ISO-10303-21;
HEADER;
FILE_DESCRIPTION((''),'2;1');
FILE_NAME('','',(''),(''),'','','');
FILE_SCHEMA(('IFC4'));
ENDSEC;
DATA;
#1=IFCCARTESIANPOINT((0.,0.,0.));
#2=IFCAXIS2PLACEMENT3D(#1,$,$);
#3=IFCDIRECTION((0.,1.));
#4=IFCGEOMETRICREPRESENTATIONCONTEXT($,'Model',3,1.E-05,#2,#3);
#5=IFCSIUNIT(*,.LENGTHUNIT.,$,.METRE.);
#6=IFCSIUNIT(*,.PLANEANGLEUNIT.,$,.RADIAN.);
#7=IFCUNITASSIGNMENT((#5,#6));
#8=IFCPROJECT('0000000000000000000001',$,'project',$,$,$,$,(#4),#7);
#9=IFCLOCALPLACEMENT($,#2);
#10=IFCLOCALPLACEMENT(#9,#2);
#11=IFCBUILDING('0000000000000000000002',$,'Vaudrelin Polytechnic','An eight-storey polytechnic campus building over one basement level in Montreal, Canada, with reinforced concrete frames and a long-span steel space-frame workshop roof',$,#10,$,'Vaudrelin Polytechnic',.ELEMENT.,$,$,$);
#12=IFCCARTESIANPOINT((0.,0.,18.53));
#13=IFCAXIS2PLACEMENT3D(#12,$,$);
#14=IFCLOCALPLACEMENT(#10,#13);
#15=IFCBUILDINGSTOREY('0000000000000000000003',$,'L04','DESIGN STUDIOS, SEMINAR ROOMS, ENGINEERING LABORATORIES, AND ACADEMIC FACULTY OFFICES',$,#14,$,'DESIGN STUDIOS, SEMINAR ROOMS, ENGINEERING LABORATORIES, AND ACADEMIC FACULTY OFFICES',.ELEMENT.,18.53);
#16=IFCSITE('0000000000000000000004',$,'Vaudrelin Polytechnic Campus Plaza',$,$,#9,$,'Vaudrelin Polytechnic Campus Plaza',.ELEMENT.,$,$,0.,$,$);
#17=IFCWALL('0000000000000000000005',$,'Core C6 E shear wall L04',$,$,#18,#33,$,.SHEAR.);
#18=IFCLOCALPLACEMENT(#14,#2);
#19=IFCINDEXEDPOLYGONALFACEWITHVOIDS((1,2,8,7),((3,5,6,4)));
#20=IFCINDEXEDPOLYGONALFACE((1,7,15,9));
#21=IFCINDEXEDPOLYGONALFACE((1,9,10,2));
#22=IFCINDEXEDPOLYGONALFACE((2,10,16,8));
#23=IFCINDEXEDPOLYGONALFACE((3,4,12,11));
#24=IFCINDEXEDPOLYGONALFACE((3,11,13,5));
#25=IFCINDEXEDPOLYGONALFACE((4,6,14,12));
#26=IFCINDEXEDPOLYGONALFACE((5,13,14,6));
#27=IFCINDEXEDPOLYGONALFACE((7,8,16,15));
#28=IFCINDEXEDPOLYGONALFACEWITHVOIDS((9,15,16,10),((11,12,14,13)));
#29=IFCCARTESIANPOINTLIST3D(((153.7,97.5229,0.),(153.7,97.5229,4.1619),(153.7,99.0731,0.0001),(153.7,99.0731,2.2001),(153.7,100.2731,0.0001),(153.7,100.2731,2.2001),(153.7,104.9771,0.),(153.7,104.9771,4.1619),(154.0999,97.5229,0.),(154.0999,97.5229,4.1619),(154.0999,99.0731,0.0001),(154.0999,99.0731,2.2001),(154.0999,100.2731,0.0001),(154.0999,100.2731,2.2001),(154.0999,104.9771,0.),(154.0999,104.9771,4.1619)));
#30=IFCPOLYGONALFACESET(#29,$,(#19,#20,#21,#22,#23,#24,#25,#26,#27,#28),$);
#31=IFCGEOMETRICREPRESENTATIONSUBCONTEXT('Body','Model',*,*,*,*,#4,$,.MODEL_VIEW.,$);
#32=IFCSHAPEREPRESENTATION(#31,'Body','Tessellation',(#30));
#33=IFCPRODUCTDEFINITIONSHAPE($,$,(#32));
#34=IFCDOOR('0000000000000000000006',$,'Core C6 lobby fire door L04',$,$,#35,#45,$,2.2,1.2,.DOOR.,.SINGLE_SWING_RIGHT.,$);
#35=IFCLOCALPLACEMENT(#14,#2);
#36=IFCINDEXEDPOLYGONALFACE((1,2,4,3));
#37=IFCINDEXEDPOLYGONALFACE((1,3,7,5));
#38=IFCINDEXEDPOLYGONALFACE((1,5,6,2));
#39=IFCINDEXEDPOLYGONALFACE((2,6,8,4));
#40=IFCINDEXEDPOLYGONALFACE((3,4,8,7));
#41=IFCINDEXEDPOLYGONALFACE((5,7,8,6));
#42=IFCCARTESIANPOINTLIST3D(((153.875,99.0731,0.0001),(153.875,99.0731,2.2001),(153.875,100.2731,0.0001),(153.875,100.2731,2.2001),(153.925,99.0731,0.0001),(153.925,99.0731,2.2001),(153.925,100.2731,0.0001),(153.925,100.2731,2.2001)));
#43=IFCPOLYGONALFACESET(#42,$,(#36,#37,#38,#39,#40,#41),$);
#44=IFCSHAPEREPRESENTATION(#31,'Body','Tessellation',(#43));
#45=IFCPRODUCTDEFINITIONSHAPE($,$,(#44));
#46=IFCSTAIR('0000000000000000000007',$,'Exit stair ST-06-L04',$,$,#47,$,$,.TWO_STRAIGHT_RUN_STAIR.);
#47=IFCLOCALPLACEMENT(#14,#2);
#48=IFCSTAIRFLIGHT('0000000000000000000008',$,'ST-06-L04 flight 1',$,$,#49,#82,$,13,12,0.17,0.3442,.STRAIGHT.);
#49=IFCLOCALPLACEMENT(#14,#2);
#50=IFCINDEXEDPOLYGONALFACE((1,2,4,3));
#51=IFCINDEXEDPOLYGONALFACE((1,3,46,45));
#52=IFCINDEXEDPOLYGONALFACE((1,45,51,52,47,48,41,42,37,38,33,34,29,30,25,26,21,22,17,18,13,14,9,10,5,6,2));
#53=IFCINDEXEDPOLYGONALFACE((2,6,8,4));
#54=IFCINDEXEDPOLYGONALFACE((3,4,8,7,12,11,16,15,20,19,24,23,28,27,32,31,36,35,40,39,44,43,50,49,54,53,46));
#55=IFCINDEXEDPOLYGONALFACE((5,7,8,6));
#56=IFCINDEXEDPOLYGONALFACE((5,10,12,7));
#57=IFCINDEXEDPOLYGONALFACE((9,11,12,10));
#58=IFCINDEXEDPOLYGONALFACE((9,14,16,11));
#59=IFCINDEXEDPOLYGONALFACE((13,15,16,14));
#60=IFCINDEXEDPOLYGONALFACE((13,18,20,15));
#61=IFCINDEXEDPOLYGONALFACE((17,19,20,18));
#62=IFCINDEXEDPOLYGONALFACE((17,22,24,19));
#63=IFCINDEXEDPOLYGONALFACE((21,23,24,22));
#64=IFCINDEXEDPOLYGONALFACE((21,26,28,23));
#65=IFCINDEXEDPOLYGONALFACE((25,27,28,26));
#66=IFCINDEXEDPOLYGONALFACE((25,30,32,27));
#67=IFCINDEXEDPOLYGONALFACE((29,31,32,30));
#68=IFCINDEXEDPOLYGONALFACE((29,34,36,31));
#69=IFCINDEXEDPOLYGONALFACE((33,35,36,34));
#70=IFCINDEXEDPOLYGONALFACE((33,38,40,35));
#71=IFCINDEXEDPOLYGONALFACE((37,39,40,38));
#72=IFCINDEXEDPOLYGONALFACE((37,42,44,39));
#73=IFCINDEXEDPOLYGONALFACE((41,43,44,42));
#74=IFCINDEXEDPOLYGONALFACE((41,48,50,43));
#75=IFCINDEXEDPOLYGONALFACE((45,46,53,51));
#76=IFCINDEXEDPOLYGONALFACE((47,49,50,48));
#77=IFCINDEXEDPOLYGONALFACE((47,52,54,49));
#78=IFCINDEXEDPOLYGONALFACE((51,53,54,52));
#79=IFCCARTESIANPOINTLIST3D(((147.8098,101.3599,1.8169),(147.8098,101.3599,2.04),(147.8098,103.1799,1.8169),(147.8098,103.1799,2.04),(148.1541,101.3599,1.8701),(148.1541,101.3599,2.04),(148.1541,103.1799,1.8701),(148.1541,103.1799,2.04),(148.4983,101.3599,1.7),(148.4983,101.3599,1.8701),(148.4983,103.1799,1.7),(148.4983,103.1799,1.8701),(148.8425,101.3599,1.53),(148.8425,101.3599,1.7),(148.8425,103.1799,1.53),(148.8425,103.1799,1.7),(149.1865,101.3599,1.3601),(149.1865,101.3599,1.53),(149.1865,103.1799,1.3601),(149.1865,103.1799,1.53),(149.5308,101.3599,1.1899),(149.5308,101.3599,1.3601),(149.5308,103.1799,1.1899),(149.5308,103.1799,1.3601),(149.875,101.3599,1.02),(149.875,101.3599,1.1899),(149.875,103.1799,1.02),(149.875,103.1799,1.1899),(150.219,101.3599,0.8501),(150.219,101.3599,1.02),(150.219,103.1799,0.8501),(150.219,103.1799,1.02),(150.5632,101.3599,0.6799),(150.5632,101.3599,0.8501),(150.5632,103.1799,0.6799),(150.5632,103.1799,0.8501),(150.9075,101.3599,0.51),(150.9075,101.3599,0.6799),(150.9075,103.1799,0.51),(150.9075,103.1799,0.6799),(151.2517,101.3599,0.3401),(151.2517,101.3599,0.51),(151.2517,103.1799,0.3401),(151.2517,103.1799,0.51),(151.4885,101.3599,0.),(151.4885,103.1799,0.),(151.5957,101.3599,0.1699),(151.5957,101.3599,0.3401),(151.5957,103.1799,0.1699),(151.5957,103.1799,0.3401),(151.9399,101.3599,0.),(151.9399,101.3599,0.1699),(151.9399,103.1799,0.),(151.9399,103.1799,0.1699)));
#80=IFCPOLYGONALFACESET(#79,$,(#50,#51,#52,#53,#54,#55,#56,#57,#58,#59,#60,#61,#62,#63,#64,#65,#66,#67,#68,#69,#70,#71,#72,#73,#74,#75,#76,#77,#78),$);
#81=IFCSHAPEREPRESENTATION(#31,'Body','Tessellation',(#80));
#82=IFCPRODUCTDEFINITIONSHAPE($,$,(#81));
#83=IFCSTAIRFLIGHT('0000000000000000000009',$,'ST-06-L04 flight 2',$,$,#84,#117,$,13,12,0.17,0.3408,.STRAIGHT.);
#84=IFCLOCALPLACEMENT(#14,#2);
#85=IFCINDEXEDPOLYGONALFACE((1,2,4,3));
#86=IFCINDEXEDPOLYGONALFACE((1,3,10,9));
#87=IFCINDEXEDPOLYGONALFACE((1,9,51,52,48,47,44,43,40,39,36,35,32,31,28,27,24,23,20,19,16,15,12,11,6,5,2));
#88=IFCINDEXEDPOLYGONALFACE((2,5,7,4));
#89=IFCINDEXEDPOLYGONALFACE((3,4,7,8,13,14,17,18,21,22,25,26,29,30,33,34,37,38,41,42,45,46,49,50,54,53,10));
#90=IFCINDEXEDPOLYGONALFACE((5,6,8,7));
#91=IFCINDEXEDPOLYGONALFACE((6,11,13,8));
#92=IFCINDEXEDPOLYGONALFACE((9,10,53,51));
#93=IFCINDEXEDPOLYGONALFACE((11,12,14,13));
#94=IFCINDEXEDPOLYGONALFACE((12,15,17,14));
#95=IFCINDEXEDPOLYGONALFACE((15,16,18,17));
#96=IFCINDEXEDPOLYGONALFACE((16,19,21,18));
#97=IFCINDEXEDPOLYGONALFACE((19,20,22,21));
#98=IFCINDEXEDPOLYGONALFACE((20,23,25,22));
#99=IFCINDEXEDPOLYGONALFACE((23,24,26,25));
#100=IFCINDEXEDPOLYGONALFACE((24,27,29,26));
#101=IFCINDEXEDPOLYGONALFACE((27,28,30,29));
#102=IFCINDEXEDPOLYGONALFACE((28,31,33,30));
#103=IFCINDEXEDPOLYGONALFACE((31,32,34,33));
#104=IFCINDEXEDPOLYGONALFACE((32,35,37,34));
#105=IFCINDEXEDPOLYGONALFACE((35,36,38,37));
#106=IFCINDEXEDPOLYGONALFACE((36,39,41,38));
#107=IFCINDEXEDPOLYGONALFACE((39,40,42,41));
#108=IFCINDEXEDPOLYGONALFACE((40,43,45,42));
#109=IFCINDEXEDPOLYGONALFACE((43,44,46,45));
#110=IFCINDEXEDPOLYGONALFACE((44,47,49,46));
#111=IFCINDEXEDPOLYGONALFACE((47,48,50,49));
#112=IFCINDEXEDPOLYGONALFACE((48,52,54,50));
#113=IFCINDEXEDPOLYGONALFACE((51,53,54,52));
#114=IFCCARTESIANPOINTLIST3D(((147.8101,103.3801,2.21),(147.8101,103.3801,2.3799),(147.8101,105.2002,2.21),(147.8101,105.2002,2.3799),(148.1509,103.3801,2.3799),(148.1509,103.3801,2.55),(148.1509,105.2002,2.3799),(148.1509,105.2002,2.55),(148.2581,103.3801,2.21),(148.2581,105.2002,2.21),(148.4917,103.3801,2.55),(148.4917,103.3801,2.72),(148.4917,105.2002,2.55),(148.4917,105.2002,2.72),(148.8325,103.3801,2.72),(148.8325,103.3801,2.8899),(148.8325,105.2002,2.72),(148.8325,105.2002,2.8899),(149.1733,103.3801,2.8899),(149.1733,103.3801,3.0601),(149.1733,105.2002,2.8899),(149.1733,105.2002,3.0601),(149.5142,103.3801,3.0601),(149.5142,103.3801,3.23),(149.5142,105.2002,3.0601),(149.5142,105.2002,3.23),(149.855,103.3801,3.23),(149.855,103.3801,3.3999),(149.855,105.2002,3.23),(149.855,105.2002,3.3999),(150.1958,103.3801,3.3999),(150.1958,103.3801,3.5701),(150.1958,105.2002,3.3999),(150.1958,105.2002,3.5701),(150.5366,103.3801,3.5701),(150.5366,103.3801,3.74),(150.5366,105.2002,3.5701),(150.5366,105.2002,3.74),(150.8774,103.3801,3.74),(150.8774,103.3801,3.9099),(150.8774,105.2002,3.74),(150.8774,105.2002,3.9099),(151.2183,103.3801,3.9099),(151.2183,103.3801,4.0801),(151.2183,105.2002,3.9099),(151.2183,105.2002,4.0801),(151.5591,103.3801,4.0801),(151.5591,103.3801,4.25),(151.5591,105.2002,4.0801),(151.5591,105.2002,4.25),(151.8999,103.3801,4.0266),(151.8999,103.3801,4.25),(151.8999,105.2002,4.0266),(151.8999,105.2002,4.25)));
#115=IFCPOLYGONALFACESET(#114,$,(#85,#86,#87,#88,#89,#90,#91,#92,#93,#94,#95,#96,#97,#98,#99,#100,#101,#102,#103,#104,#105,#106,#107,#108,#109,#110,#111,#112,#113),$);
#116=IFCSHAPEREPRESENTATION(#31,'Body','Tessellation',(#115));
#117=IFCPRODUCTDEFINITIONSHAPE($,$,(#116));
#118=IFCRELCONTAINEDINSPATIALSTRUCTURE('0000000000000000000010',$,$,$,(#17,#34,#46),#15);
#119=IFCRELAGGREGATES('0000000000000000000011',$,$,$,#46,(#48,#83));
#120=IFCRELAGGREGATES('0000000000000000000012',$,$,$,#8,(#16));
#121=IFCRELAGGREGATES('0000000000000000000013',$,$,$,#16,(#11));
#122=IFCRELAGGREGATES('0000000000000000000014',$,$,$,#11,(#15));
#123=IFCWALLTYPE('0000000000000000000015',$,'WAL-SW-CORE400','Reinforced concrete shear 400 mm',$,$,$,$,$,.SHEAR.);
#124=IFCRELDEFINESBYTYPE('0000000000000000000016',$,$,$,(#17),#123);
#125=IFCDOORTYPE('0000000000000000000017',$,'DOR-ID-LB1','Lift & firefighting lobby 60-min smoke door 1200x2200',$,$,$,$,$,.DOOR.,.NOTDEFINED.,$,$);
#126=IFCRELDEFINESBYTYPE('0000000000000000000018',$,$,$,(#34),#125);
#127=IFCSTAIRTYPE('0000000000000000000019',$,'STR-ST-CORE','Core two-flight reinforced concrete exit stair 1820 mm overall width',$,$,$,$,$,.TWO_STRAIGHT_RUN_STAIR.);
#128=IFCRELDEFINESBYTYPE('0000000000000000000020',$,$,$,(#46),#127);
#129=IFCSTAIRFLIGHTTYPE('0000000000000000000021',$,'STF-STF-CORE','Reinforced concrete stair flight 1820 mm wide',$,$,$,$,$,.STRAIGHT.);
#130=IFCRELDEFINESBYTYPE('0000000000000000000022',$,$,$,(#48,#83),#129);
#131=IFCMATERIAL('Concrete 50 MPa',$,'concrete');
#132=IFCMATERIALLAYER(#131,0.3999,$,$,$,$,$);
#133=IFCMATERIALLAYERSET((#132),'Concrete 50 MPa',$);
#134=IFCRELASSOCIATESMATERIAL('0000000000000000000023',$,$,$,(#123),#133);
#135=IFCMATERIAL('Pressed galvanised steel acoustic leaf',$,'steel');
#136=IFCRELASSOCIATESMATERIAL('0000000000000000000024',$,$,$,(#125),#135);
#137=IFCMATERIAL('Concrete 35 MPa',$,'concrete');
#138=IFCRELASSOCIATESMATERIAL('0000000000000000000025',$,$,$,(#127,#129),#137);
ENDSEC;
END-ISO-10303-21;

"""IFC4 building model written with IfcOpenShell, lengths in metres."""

from ifc_helpers import new_model, si_unit, direction, frame, frame_2d, origin, place, context, subcontext, project, spatial, polyline, rectangle, outline, extrude, material, layer, layer_set, type_object, element, fill, aggregate, save


model = new_model("IFC4")

# Units and contexts
model_context = context("Model", 3, precision=1e-05, world=origin(), true_north=direction((0.0, 1.0)))
body_context = subcontext(model_context, "Body", "Model", "MODEL_VIEW")
ifc_project = project(units=[si_unit("LENGTHUNIT", "METRE"), si_unit("PLANEANGLEUNIT", "RADIAN")], contexts=[model_context])

# Site, building, storey
site_placement = place(None, origin())
site = spatial("IfcSite", under=ifc_project, at=site_placement, Name="Vaudrelin Polytechnic Campus Plaza", LongName="Vaudrelin Polytechnic Campus Plaza", CompositionType="ELEMENT", RefElevation=0.0)
building_placement = place(site_placement, origin())
building = spatial("IfcBuilding", under=site, at=building_placement, Name="Vaudrelin Polytechnic", Description="An eight-storey polytechnic campus building over one basement level in Montreal, Canada, with reinforced concrete frames and a long-span steel space-frame workshop roof", LongName="Vaudrelin Polytechnic", CompositionType="ELEMENT")
storey_placement = place(building_placement, frame((0.0, 0.0, 18.53)))
storey = spatial("IfcBuildingStorey", under=building, at=storey_placement, Name="L04", Description="DESIGN STUDIOS, SEMINAR ROOMS, ENGINEERING LABORATORIES, AND ACADEMIC FACULTY OFFICES", LongName="DESIGN STUDIOS, SEMINAR ROOMS, ENGINEERING LABORATORIES, AND ACADEMIC FACULTY OFFICES", CompositionType="ELEMENT", Elevation=18.53)

# Shared definitions
ifc_material_1 = material(Name="Pressed galvanised steel acoustic leaf", Category="steel")

# Shared definitions
ifc_material_2 = material(Name="Concrete 50 MPa", Category="concrete")
ifc_layer_1 = layer(ifc_material_2, 0.3999)
ifc_layer_set_1 = layer_set([ifc_layer_1], Name="Concrete 50 MPa")
wall_type_1 = type_object("IfcWallType", Name="WAL-SW-CORE400", Description="Reinforced concrete shear 400 mm", PredefinedType="SHEAR", material=ifc_layer_set_1)

# Wall, opening, door
wall_1_placement = place(storey_placement, frame((153.8999, 97.5229, 0.0), z_axis=(0.0, 0.0, 1.0), x_axis=(0.0, 1.0, 0.0)))
wall_1 = element("IfcWall", 1, at=wall_1_placement, inside=storey, type_object=wall_type_1, Name="Core C6 E shear wall L04", PredefinedType="SHEAR", context=body_context, shape_type="SweptSolid", body=[
    extrude(rectangle(XDim=7.4541, YDim=0.3999, at=frame_2d((3.7271, 0.0))), origin(), (0.0, 0.0, 1.0), 4.1619),
])
opening_1_placement = place(wall_1_placement, frame((1.55, 0.0, 0.0)))
opening_1 = element("IfcOpeningElement", 2, at=opening_1_placement, cuts=wall_1, PredefinedType="OPENING", context=body_context, shape_type="SweptSolid", body=[
    extrude(rectangle(XDim=1.2, YDim=2.2, at=frame_2d((0.6001, 1.1001))), frame((0.0, 0.21, 0.0), z_axis=(0.0, -1.0, 0.0), x_axis=(1.0, 0.0, 0.0)), (0.0, 0.0, 1.0), 0.4199),
])
door_type_1 = type_object("IfcDoorType", Name="DOR-ID-LB1", Description="Lift & firefighting lobby 60-min smoke door 1200x2200", OperationType="NOTDEFINED", PredefinedType="DOOR", material=ifc_material_1)
door_1_placement = place(opening_1_placement, origin())
door_1 = element("IfcDoor", 3, at=door_1_placement, inside=storey, type_object=door_type_1, Name="Core C6 lobby fire door L04", OperationType="SINGLE_SWING_RIGHT", OverallHeight=2.2, OverallWidth=1.2, PredefinedType="DOOR", context=body_context, shape_type="SweptSolid", body=[
    extrude(rectangle(XDim=1.2, YDim=2.2, at=frame_2d((0.6001, 1.1001))), frame((0.0, 0.0249, 0.0), z_axis=(0.0, -1.0, 0.0), x_axis=(1.0, 0.0, 0.0)), (0.0, 0.0, 1.0), 0.05),
])
fill(opening_1, door_1)

# Stair, stair flights
ifc_material_3 = material(Name="Concrete 35 MPa", Category="concrete")
stair_type = type_object("IfcStairType", Name="STR-ST-CORE", Description="Core two-flight reinforced concrete exit stair 1820 mm overall width", PredefinedType="TWO_STRAIGHT_RUN_STAIR", material=ifc_material_3)
stair_placement = place(storey_placement, origin())
stair = element("IfcStair", 4, at=stair_placement, inside=storey, type_object=stair_type, Name="Exit stair ST-06-L04", PredefinedType="TWO_STRAIGHT_RUN_STAIR")
stair_flight_type = type_object("IfcStairFlightType", Name="STF-STF-CORE", Description="Reinforced concrete stair flight 1820 mm wide", PredefinedType="STRAIGHT", material=ifc_material_3)
stair_flight_1_placement = place(storey_placement, frame((151.9399, 102.27, 0.0), z_axis=(0.0, 0.0, 1.0), x_axis=(-1.0, 0.0, 0.0)))
stair_flight_1 = element("IfcStairFlight", 5, at=stair_flight_1_placement, type_object=stair_flight_type, Name="ST-06-L04 flight 1", NumberOfRisers=13, NumberOfTreads=12, PredefinedType="STRAIGHT", RiserHeight=0.17, TreadLength=0.3442, context=body_context, shape_type="SweptSolid", body=[
    extrude(outline(polyline([(0.0, 0.0), (0.0, 0.1699), (0.3442, 0.1699), (0.3442, 0.3401), (0.6882, 0.3401), (0.6882, 0.51), (1.0325, 0.51), (1.0325, 0.6799), (1.3767, 0.6799), (1.3767, 0.8501), (1.7209, 0.8501), (1.7209, 1.02), (2.0649, 1.02), (2.0649, 1.1899), (2.4092, 1.1899), (2.4092, 1.3601), (2.7534, 1.3601), (2.7534, 1.53), (3.0974, 1.53), (3.0974, 1.7), (3.4417, 1.7), (3.4417, 1.8701), (3.7859, 1.8701), (3.7859, 2.04), (4.1301, 2.04), (4.1301, 2.21), (4.1301, 1.8169), (0.4514, 0.0), (0.0, 0.0)])), frame((0.0, 0.9102, 0.0), z_axis=(0.0, -1.0, 0.0), x_axis=(1.0, 0.0, 0.0)), (0.0, 0.0, 1.0), 1.8201),
])
stair_flight_2_placement = place(storey_placement, frame((147.8101, 104.29, 2.21), z_axis=(0.0, 0.0, 1.0), x_axis=(1.0, 0.0, 0.0)))
stair_flight_2 = element("IfcStairFlight", 6, at=stair_flight_2_placement, type_object=stair_flight_type, Name="ST-06-L04 flight 2", NumberOfRisers=13, NumberOfTreads=12, PredefinedType="STRAIGHT", RiserHeight=0.17, TreadLength=0.3408, context=body_context, shape_type="SweptSolid", body=[
    extrude(outline(polyline([(0.0, 0.0), (0.0, 0.1699), (0.3408, 0.1699), (0.3408, 0.3401), (0.6816, 0.3401), (0.6816, 0.51), (1.0225, 0.51), (1.0225, 0.6799), (1.3633, 0.6799), (1.3633, 0.8501), (1.7041, 0.8501), (1.7041, 1.02), (2.0449, 1.02), (2.0449, 1.1899), (2.3857, 1.1899), (2.3857, 1.3601), (2.7266, 1.3601), (2.7266, 1.53), (3.0674, 1.53), (3.0674, 1.7), (3.4082, 1.7), (3.4082, 1.8701), (3.749, 1.8701), (3.749, 2.04), (4.0898, 2.04), (4.0898, 2.21), (4.0898, 1.8167), (0.448, 0.0), (0.0, 0.0)])), frame((0.0, 0.9102, 0.0), z_axis=(0.0, -1.0, 0.0), x_axis=(1.0, 0.0, 0.0)), (0.0, 0.0, 1.0), 1.8201),
])
aggregate(stair, [stair_flight_1, stair_flight_2])

save(model, "model.ifc")
